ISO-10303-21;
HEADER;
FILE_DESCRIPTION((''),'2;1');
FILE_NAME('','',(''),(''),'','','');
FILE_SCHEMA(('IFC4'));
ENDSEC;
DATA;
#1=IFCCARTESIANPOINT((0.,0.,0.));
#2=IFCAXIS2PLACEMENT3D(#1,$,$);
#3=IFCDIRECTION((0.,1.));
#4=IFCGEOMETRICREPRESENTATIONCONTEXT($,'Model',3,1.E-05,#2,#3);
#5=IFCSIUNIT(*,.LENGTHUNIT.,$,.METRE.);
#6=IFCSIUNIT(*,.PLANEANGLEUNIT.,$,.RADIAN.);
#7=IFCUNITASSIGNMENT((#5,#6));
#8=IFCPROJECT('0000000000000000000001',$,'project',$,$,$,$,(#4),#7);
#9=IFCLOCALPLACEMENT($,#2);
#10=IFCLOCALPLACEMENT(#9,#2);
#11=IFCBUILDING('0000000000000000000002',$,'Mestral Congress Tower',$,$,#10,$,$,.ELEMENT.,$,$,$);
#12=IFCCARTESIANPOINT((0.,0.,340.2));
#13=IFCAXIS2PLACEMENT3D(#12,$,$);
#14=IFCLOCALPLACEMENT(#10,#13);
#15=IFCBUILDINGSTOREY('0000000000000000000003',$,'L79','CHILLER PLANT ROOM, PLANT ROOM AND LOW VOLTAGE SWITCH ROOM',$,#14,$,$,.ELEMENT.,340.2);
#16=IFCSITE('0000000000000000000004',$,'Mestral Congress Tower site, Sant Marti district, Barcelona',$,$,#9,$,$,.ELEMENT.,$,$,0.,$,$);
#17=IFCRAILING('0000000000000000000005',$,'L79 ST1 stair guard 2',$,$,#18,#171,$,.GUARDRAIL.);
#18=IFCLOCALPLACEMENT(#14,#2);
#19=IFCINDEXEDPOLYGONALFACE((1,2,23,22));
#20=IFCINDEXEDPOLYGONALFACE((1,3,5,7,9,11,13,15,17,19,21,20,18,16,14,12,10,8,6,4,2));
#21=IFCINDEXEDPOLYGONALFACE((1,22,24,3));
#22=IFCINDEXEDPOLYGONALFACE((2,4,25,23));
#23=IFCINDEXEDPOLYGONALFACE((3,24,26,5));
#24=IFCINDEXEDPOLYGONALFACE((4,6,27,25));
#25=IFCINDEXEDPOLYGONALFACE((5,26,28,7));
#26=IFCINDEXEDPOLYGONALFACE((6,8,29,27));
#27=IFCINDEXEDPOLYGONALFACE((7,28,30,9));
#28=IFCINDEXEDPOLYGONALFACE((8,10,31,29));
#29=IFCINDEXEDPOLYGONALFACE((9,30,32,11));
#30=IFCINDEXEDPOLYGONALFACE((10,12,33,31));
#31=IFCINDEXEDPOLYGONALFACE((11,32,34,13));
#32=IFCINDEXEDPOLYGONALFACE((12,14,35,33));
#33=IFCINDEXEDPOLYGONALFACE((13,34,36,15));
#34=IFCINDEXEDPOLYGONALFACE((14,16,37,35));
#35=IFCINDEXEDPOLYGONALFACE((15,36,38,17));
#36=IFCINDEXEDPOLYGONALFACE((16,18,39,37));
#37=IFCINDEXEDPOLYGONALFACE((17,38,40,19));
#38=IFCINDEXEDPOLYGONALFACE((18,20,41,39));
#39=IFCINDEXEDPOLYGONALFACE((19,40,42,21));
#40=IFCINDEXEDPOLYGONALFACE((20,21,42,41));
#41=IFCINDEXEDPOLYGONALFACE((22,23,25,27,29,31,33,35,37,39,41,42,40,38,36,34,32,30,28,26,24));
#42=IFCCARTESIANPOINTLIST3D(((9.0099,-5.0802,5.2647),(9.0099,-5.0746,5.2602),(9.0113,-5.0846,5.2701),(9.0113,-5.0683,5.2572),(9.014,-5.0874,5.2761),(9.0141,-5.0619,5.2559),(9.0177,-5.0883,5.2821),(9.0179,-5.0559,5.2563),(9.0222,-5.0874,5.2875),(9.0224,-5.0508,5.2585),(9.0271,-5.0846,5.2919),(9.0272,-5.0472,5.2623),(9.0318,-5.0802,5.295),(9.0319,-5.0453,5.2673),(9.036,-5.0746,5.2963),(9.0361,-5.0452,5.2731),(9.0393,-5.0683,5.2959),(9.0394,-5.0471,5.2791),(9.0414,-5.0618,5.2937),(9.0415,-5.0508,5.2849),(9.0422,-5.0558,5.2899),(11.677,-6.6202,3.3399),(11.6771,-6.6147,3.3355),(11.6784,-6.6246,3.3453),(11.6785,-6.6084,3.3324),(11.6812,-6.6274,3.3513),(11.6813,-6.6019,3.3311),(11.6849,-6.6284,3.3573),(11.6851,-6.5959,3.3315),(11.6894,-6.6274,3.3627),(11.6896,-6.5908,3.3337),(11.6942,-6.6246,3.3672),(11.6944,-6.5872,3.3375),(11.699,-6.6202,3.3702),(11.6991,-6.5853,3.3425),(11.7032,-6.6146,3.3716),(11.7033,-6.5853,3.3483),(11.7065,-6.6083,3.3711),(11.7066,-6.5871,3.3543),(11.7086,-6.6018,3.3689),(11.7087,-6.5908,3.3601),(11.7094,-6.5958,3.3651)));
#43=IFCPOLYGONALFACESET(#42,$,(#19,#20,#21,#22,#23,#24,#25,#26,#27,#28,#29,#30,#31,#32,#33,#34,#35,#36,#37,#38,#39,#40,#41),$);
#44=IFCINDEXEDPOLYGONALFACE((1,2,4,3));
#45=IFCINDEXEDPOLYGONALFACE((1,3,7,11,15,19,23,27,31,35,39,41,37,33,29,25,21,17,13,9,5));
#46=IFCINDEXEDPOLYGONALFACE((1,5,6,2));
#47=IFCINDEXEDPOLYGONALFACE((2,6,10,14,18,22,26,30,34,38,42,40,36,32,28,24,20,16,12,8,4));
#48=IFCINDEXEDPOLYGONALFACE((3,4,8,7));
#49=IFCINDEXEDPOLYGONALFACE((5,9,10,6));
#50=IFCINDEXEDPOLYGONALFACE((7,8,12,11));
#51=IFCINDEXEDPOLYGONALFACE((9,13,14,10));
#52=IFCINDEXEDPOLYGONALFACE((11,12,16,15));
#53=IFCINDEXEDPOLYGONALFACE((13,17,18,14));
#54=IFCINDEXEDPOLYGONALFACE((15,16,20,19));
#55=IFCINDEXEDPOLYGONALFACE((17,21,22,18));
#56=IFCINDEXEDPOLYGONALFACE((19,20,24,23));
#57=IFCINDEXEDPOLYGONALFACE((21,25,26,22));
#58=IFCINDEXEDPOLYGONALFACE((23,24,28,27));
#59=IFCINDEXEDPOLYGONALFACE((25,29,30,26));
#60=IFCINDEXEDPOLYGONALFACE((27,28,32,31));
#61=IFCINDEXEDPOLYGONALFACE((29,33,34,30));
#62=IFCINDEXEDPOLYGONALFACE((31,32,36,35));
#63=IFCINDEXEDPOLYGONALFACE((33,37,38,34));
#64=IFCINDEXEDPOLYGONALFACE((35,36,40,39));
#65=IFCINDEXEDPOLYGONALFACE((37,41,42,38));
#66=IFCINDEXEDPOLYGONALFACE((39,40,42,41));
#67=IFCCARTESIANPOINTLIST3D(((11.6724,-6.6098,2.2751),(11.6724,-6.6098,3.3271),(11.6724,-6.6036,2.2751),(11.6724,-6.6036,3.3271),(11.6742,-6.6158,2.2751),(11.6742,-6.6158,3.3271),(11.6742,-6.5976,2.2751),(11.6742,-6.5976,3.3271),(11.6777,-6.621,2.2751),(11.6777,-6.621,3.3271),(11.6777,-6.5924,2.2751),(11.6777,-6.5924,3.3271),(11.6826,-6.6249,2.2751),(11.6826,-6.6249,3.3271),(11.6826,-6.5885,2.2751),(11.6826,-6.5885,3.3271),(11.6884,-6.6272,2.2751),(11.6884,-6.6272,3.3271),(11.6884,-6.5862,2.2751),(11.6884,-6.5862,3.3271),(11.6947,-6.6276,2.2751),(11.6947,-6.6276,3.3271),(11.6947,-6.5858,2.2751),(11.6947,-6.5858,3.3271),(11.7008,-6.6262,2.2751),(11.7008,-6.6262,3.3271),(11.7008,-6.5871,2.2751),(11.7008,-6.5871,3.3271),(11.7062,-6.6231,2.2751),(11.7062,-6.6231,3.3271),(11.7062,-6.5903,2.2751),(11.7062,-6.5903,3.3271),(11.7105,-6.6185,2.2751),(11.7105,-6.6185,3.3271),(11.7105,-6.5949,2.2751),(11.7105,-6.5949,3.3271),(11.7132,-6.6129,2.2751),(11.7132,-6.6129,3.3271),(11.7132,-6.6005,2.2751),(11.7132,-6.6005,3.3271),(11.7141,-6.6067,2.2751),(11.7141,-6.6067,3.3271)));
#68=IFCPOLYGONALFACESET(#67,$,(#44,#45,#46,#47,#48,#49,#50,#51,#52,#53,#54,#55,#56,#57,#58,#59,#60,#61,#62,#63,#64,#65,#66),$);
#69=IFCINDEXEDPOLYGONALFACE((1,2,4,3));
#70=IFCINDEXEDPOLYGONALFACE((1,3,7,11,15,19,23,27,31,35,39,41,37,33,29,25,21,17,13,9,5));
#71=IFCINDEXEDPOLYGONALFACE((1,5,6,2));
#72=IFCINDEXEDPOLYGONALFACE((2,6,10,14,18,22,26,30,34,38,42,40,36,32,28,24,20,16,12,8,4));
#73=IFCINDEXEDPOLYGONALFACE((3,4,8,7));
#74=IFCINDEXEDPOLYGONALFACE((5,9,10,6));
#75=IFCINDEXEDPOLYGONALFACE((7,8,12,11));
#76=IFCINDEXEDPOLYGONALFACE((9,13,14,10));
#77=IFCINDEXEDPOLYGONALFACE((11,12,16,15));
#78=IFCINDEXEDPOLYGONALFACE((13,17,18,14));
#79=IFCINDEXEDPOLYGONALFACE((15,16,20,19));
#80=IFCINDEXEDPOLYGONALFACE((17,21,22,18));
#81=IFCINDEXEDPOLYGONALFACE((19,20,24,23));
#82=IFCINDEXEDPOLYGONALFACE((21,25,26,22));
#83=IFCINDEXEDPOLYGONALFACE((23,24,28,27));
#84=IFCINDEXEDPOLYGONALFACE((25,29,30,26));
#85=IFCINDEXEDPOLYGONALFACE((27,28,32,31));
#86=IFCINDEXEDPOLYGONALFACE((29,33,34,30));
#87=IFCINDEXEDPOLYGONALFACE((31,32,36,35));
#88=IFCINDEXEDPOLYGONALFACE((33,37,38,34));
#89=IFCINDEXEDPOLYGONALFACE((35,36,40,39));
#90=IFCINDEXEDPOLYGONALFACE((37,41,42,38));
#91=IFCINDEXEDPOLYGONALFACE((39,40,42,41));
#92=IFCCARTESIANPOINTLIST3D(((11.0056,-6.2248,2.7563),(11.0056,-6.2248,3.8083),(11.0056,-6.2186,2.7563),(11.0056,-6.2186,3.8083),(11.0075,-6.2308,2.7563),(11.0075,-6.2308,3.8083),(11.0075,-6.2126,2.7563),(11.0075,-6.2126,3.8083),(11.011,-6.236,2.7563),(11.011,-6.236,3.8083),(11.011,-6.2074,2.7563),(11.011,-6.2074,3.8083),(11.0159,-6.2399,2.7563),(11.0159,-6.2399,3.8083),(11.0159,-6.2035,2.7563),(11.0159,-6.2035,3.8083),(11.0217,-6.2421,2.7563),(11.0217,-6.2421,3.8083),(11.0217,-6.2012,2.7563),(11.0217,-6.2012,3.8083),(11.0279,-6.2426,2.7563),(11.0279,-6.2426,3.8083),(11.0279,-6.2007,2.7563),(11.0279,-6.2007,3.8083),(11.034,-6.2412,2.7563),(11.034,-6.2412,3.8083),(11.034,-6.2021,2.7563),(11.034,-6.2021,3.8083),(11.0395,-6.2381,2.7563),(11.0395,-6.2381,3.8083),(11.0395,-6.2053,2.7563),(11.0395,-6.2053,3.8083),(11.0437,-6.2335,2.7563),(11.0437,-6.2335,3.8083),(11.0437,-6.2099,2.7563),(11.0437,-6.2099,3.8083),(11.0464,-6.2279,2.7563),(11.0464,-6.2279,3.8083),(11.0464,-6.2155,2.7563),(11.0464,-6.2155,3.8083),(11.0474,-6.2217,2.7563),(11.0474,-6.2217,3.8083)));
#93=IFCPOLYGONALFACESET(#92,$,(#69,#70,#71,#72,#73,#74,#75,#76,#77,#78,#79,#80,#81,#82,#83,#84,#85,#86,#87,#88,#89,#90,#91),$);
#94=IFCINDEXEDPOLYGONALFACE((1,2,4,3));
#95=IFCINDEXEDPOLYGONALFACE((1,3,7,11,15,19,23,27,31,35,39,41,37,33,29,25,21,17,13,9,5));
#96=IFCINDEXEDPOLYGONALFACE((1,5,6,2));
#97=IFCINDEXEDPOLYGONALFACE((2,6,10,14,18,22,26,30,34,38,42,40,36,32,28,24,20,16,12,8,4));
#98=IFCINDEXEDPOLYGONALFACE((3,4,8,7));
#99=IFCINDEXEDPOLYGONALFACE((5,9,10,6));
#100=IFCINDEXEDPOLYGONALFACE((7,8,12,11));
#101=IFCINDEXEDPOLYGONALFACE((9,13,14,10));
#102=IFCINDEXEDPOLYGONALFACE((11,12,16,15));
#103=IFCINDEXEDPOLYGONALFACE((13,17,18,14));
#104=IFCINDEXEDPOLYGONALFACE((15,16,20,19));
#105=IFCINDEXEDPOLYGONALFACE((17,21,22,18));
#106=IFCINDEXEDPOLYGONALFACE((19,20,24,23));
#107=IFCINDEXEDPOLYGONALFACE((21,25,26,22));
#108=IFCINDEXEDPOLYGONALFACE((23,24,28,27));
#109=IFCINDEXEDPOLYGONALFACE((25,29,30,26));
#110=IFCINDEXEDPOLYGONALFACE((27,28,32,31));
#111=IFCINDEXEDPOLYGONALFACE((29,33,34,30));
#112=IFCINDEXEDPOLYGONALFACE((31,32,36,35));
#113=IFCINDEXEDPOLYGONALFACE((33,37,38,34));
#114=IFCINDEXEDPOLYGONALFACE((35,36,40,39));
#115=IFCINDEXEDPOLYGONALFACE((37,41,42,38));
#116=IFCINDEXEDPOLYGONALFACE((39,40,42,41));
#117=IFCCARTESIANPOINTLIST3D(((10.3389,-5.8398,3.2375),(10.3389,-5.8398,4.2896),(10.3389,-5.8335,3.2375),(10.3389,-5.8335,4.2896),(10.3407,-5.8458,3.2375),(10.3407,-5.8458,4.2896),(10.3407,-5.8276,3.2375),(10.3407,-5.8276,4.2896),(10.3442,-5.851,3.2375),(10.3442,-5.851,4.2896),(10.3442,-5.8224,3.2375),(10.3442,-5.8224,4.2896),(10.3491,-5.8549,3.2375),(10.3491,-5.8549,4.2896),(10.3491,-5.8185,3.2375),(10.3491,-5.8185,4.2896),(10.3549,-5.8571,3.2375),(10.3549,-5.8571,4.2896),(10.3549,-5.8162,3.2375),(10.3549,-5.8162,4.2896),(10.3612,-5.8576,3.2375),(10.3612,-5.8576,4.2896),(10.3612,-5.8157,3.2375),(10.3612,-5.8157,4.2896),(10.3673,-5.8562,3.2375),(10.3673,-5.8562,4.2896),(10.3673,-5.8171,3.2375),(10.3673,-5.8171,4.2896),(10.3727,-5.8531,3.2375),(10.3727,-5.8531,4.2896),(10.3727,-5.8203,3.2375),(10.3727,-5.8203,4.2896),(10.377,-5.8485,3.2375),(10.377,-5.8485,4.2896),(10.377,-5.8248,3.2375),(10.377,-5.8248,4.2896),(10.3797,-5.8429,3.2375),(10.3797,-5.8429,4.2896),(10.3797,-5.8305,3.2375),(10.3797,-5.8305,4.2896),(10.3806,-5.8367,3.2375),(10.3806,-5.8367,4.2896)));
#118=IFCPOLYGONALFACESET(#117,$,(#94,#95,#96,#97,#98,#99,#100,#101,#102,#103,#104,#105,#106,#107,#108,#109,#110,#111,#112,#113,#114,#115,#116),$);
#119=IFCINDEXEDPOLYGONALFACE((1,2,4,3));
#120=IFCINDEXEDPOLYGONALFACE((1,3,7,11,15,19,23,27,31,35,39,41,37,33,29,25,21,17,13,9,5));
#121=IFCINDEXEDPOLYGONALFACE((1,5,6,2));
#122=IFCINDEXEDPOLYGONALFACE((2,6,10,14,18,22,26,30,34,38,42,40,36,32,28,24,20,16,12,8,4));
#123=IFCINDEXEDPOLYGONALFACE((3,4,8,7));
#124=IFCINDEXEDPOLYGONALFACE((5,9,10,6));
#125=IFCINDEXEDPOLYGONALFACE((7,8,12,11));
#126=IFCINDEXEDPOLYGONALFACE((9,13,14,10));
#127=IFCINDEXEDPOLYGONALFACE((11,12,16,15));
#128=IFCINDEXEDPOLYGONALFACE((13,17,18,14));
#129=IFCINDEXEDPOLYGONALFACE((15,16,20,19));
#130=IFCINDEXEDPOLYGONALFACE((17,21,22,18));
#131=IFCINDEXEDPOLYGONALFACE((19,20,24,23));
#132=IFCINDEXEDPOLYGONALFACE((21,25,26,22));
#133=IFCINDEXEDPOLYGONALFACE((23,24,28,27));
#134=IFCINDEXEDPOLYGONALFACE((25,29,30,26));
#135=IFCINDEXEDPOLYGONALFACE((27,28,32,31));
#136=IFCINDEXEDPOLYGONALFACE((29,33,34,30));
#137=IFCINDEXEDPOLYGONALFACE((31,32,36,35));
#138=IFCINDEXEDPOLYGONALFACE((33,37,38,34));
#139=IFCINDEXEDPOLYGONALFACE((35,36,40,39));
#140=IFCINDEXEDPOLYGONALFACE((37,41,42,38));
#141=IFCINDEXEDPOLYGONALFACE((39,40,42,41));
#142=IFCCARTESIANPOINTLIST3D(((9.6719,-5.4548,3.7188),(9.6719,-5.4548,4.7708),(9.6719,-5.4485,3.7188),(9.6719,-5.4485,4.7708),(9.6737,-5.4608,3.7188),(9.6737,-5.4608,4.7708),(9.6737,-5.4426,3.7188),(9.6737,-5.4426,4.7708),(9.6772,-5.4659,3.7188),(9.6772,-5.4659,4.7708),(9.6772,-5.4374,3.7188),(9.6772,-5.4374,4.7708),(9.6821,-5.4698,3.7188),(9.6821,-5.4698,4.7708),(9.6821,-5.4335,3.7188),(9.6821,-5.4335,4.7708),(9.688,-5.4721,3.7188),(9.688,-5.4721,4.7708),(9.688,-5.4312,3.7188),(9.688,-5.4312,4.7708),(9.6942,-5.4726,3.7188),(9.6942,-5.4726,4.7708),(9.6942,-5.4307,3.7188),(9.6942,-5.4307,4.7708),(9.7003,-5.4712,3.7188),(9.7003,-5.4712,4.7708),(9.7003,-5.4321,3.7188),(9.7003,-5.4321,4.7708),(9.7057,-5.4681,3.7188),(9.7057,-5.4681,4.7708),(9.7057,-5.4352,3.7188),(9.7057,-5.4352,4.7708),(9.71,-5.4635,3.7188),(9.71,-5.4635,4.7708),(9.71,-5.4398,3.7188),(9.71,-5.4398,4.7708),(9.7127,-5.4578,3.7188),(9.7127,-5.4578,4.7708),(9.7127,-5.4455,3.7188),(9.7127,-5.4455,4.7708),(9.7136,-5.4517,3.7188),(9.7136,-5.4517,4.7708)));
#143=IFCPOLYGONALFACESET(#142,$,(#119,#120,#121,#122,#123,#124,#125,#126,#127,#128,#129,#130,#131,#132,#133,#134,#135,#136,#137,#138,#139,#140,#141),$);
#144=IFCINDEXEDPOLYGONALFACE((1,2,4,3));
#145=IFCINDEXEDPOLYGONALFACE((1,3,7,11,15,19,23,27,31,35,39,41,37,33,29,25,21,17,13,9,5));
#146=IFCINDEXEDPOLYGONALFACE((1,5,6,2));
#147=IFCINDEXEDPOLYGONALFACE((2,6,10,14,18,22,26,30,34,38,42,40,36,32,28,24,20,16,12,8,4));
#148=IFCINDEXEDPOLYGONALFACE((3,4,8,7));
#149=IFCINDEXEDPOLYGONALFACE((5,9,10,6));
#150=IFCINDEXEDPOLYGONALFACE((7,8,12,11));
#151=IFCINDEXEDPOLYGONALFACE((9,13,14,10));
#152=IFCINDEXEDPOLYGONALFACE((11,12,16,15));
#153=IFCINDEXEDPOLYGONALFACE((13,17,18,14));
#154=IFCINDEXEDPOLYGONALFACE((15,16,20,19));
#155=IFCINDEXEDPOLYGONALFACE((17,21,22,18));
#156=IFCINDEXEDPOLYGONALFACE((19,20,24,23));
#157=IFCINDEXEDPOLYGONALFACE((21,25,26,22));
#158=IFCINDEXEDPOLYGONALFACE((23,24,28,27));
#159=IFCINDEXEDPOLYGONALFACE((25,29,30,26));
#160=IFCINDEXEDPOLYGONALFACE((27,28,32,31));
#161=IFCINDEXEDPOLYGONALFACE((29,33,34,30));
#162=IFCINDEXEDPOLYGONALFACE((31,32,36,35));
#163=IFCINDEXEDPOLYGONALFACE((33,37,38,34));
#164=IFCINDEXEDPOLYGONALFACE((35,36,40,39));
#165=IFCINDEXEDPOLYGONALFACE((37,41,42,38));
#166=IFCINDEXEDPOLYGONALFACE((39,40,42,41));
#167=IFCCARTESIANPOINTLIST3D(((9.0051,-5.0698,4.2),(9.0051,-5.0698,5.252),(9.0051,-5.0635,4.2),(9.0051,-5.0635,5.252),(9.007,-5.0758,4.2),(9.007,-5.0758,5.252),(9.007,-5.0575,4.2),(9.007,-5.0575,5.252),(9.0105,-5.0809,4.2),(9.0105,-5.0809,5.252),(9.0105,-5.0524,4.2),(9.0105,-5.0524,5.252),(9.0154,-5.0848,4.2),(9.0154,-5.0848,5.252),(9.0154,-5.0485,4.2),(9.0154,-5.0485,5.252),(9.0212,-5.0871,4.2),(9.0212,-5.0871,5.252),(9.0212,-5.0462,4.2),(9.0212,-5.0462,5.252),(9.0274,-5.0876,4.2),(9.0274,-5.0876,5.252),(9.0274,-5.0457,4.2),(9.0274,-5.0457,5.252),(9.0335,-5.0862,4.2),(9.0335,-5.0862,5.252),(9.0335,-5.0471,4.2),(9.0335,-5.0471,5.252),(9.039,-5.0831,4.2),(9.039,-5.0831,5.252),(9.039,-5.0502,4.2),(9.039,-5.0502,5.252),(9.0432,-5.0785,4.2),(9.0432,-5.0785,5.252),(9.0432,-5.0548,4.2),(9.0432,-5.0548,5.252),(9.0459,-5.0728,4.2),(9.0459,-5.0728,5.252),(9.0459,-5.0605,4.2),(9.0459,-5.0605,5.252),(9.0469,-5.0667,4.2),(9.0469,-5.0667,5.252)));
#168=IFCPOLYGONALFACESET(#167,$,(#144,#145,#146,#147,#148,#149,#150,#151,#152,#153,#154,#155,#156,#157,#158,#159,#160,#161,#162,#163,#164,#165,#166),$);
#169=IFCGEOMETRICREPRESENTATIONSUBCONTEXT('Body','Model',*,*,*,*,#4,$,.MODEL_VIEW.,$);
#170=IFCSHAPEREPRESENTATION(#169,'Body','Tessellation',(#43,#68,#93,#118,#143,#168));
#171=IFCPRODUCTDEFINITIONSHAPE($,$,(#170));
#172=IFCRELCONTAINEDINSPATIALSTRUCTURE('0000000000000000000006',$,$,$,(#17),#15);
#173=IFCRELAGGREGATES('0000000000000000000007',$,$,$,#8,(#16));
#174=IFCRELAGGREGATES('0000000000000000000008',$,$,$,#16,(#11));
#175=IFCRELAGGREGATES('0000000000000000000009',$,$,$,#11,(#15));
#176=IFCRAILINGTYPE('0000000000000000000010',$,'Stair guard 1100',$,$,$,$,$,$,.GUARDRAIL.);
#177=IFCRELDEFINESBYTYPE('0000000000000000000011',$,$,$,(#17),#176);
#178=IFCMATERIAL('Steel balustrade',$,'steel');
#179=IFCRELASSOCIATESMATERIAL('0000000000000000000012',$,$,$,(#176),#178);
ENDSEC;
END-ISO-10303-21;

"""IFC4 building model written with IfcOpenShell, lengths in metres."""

from ifc_helpers import new_model, si_unit, direction, frame, origin, origin_2d, place, context, subcontext, project, spatial, circle, extrude, material, type_object, element, save


model = new_model("IFC4")

# Units and contexts
model_context = context("Model", 3, precision=1e-05, world=origin(), true_north=direction((0.0, 1.0)))
body_context = subcontext(model_context, "Body", "Model", "MODEL_VIEW")
ifc_project = project(units=[si_unit("LENGTHUNIT", "METRE"), si_unit("PLANEANGLEUNIT", "RADIAN")], contexts=[model_context])

# Site, building, storey
site_placement = place(None, origin())
site = spatial("IfcSite", under=ifc_project, at=site_placement, Name="Mestral Congress Tower site, Sant Marti district, Barcelona", CompositionType="ELEMENT", RefElevation=0.0)
building_placement = place(site_placement, origin())
building = spatial("IfcBuilding", under=site, at=building_placement, Name="Mestral Congress Tower", CompositionType="ELEMENT")
storey_placement = place(building_placement, frame((0.0, 0.0, 340.2)))
storey = spatial("IfcBuildingStorey", under=building, at=storey_placement, Name="L79", Description="CHILLER PLANT ROOM, PLANT ROOM AND LOW VOLTAGE SWITCH ROOM", CompositionType="ELEMENT", Elevation=340.2)

# Railing
ifc_material_1 = material(Name="Steel balustrade", Category="steel")
railing_type_1 = type_object("IfcRailingType", Name="Stair guard 1100", PredefinedType="GUARDRAIL", material=ifc_material_1)
railing_1_placement = place(storey_placement, frame((11.6931, -6.6067, 2.2751)))
element("IfcRailing", 1, at=railing_1_placement, inside=storey, type_object=railing_type_1, Name="L79 ST1 stair guard 2", PredefinedType="GUARDRAIL", context=body_context, shape_type="SweptSolid", body=[
    extrude(circle(Radius=0.0239, at=origin_2d()), frame((0.0, 0.0, 1.0762), z_axis=(-0.73439, 0.424031, 0.529971), x_axis=(-0.500027, -0.86601, 0.0)), (0.0, 0.0, 1.0), 3.6318),
    extrude(circle(Radius=0.021, at=origin_2d()), origin(), (0.0, 0.0, 1.0), 1.052),
    extrude(circle(Radius=0.021, at=origin_2d()), frame((-0.6667, 0.385, 0.4812)), (0.0, 0.0, 1.0), 1.052),
    extrude(circle(Radius=0.021, at=origin_2d()), frame((-1.3335, 0.77, 0.9624)), (0.0, 0.0, 1.0), 1.052),
    extrude(circle(Radius=0.021, at=origin_2d()), frame((-2.0005, 1.155, 1.4436)), (0.0, 0.0, 1.0), 1.052),
    extrude(circle(Radius=0.021, at=origin_2d()), frame((-2.6672, 1.54, 1.9248)), (0.0, 0.0, 1.0), 1.052),
])

save(model, "model.ifc")
